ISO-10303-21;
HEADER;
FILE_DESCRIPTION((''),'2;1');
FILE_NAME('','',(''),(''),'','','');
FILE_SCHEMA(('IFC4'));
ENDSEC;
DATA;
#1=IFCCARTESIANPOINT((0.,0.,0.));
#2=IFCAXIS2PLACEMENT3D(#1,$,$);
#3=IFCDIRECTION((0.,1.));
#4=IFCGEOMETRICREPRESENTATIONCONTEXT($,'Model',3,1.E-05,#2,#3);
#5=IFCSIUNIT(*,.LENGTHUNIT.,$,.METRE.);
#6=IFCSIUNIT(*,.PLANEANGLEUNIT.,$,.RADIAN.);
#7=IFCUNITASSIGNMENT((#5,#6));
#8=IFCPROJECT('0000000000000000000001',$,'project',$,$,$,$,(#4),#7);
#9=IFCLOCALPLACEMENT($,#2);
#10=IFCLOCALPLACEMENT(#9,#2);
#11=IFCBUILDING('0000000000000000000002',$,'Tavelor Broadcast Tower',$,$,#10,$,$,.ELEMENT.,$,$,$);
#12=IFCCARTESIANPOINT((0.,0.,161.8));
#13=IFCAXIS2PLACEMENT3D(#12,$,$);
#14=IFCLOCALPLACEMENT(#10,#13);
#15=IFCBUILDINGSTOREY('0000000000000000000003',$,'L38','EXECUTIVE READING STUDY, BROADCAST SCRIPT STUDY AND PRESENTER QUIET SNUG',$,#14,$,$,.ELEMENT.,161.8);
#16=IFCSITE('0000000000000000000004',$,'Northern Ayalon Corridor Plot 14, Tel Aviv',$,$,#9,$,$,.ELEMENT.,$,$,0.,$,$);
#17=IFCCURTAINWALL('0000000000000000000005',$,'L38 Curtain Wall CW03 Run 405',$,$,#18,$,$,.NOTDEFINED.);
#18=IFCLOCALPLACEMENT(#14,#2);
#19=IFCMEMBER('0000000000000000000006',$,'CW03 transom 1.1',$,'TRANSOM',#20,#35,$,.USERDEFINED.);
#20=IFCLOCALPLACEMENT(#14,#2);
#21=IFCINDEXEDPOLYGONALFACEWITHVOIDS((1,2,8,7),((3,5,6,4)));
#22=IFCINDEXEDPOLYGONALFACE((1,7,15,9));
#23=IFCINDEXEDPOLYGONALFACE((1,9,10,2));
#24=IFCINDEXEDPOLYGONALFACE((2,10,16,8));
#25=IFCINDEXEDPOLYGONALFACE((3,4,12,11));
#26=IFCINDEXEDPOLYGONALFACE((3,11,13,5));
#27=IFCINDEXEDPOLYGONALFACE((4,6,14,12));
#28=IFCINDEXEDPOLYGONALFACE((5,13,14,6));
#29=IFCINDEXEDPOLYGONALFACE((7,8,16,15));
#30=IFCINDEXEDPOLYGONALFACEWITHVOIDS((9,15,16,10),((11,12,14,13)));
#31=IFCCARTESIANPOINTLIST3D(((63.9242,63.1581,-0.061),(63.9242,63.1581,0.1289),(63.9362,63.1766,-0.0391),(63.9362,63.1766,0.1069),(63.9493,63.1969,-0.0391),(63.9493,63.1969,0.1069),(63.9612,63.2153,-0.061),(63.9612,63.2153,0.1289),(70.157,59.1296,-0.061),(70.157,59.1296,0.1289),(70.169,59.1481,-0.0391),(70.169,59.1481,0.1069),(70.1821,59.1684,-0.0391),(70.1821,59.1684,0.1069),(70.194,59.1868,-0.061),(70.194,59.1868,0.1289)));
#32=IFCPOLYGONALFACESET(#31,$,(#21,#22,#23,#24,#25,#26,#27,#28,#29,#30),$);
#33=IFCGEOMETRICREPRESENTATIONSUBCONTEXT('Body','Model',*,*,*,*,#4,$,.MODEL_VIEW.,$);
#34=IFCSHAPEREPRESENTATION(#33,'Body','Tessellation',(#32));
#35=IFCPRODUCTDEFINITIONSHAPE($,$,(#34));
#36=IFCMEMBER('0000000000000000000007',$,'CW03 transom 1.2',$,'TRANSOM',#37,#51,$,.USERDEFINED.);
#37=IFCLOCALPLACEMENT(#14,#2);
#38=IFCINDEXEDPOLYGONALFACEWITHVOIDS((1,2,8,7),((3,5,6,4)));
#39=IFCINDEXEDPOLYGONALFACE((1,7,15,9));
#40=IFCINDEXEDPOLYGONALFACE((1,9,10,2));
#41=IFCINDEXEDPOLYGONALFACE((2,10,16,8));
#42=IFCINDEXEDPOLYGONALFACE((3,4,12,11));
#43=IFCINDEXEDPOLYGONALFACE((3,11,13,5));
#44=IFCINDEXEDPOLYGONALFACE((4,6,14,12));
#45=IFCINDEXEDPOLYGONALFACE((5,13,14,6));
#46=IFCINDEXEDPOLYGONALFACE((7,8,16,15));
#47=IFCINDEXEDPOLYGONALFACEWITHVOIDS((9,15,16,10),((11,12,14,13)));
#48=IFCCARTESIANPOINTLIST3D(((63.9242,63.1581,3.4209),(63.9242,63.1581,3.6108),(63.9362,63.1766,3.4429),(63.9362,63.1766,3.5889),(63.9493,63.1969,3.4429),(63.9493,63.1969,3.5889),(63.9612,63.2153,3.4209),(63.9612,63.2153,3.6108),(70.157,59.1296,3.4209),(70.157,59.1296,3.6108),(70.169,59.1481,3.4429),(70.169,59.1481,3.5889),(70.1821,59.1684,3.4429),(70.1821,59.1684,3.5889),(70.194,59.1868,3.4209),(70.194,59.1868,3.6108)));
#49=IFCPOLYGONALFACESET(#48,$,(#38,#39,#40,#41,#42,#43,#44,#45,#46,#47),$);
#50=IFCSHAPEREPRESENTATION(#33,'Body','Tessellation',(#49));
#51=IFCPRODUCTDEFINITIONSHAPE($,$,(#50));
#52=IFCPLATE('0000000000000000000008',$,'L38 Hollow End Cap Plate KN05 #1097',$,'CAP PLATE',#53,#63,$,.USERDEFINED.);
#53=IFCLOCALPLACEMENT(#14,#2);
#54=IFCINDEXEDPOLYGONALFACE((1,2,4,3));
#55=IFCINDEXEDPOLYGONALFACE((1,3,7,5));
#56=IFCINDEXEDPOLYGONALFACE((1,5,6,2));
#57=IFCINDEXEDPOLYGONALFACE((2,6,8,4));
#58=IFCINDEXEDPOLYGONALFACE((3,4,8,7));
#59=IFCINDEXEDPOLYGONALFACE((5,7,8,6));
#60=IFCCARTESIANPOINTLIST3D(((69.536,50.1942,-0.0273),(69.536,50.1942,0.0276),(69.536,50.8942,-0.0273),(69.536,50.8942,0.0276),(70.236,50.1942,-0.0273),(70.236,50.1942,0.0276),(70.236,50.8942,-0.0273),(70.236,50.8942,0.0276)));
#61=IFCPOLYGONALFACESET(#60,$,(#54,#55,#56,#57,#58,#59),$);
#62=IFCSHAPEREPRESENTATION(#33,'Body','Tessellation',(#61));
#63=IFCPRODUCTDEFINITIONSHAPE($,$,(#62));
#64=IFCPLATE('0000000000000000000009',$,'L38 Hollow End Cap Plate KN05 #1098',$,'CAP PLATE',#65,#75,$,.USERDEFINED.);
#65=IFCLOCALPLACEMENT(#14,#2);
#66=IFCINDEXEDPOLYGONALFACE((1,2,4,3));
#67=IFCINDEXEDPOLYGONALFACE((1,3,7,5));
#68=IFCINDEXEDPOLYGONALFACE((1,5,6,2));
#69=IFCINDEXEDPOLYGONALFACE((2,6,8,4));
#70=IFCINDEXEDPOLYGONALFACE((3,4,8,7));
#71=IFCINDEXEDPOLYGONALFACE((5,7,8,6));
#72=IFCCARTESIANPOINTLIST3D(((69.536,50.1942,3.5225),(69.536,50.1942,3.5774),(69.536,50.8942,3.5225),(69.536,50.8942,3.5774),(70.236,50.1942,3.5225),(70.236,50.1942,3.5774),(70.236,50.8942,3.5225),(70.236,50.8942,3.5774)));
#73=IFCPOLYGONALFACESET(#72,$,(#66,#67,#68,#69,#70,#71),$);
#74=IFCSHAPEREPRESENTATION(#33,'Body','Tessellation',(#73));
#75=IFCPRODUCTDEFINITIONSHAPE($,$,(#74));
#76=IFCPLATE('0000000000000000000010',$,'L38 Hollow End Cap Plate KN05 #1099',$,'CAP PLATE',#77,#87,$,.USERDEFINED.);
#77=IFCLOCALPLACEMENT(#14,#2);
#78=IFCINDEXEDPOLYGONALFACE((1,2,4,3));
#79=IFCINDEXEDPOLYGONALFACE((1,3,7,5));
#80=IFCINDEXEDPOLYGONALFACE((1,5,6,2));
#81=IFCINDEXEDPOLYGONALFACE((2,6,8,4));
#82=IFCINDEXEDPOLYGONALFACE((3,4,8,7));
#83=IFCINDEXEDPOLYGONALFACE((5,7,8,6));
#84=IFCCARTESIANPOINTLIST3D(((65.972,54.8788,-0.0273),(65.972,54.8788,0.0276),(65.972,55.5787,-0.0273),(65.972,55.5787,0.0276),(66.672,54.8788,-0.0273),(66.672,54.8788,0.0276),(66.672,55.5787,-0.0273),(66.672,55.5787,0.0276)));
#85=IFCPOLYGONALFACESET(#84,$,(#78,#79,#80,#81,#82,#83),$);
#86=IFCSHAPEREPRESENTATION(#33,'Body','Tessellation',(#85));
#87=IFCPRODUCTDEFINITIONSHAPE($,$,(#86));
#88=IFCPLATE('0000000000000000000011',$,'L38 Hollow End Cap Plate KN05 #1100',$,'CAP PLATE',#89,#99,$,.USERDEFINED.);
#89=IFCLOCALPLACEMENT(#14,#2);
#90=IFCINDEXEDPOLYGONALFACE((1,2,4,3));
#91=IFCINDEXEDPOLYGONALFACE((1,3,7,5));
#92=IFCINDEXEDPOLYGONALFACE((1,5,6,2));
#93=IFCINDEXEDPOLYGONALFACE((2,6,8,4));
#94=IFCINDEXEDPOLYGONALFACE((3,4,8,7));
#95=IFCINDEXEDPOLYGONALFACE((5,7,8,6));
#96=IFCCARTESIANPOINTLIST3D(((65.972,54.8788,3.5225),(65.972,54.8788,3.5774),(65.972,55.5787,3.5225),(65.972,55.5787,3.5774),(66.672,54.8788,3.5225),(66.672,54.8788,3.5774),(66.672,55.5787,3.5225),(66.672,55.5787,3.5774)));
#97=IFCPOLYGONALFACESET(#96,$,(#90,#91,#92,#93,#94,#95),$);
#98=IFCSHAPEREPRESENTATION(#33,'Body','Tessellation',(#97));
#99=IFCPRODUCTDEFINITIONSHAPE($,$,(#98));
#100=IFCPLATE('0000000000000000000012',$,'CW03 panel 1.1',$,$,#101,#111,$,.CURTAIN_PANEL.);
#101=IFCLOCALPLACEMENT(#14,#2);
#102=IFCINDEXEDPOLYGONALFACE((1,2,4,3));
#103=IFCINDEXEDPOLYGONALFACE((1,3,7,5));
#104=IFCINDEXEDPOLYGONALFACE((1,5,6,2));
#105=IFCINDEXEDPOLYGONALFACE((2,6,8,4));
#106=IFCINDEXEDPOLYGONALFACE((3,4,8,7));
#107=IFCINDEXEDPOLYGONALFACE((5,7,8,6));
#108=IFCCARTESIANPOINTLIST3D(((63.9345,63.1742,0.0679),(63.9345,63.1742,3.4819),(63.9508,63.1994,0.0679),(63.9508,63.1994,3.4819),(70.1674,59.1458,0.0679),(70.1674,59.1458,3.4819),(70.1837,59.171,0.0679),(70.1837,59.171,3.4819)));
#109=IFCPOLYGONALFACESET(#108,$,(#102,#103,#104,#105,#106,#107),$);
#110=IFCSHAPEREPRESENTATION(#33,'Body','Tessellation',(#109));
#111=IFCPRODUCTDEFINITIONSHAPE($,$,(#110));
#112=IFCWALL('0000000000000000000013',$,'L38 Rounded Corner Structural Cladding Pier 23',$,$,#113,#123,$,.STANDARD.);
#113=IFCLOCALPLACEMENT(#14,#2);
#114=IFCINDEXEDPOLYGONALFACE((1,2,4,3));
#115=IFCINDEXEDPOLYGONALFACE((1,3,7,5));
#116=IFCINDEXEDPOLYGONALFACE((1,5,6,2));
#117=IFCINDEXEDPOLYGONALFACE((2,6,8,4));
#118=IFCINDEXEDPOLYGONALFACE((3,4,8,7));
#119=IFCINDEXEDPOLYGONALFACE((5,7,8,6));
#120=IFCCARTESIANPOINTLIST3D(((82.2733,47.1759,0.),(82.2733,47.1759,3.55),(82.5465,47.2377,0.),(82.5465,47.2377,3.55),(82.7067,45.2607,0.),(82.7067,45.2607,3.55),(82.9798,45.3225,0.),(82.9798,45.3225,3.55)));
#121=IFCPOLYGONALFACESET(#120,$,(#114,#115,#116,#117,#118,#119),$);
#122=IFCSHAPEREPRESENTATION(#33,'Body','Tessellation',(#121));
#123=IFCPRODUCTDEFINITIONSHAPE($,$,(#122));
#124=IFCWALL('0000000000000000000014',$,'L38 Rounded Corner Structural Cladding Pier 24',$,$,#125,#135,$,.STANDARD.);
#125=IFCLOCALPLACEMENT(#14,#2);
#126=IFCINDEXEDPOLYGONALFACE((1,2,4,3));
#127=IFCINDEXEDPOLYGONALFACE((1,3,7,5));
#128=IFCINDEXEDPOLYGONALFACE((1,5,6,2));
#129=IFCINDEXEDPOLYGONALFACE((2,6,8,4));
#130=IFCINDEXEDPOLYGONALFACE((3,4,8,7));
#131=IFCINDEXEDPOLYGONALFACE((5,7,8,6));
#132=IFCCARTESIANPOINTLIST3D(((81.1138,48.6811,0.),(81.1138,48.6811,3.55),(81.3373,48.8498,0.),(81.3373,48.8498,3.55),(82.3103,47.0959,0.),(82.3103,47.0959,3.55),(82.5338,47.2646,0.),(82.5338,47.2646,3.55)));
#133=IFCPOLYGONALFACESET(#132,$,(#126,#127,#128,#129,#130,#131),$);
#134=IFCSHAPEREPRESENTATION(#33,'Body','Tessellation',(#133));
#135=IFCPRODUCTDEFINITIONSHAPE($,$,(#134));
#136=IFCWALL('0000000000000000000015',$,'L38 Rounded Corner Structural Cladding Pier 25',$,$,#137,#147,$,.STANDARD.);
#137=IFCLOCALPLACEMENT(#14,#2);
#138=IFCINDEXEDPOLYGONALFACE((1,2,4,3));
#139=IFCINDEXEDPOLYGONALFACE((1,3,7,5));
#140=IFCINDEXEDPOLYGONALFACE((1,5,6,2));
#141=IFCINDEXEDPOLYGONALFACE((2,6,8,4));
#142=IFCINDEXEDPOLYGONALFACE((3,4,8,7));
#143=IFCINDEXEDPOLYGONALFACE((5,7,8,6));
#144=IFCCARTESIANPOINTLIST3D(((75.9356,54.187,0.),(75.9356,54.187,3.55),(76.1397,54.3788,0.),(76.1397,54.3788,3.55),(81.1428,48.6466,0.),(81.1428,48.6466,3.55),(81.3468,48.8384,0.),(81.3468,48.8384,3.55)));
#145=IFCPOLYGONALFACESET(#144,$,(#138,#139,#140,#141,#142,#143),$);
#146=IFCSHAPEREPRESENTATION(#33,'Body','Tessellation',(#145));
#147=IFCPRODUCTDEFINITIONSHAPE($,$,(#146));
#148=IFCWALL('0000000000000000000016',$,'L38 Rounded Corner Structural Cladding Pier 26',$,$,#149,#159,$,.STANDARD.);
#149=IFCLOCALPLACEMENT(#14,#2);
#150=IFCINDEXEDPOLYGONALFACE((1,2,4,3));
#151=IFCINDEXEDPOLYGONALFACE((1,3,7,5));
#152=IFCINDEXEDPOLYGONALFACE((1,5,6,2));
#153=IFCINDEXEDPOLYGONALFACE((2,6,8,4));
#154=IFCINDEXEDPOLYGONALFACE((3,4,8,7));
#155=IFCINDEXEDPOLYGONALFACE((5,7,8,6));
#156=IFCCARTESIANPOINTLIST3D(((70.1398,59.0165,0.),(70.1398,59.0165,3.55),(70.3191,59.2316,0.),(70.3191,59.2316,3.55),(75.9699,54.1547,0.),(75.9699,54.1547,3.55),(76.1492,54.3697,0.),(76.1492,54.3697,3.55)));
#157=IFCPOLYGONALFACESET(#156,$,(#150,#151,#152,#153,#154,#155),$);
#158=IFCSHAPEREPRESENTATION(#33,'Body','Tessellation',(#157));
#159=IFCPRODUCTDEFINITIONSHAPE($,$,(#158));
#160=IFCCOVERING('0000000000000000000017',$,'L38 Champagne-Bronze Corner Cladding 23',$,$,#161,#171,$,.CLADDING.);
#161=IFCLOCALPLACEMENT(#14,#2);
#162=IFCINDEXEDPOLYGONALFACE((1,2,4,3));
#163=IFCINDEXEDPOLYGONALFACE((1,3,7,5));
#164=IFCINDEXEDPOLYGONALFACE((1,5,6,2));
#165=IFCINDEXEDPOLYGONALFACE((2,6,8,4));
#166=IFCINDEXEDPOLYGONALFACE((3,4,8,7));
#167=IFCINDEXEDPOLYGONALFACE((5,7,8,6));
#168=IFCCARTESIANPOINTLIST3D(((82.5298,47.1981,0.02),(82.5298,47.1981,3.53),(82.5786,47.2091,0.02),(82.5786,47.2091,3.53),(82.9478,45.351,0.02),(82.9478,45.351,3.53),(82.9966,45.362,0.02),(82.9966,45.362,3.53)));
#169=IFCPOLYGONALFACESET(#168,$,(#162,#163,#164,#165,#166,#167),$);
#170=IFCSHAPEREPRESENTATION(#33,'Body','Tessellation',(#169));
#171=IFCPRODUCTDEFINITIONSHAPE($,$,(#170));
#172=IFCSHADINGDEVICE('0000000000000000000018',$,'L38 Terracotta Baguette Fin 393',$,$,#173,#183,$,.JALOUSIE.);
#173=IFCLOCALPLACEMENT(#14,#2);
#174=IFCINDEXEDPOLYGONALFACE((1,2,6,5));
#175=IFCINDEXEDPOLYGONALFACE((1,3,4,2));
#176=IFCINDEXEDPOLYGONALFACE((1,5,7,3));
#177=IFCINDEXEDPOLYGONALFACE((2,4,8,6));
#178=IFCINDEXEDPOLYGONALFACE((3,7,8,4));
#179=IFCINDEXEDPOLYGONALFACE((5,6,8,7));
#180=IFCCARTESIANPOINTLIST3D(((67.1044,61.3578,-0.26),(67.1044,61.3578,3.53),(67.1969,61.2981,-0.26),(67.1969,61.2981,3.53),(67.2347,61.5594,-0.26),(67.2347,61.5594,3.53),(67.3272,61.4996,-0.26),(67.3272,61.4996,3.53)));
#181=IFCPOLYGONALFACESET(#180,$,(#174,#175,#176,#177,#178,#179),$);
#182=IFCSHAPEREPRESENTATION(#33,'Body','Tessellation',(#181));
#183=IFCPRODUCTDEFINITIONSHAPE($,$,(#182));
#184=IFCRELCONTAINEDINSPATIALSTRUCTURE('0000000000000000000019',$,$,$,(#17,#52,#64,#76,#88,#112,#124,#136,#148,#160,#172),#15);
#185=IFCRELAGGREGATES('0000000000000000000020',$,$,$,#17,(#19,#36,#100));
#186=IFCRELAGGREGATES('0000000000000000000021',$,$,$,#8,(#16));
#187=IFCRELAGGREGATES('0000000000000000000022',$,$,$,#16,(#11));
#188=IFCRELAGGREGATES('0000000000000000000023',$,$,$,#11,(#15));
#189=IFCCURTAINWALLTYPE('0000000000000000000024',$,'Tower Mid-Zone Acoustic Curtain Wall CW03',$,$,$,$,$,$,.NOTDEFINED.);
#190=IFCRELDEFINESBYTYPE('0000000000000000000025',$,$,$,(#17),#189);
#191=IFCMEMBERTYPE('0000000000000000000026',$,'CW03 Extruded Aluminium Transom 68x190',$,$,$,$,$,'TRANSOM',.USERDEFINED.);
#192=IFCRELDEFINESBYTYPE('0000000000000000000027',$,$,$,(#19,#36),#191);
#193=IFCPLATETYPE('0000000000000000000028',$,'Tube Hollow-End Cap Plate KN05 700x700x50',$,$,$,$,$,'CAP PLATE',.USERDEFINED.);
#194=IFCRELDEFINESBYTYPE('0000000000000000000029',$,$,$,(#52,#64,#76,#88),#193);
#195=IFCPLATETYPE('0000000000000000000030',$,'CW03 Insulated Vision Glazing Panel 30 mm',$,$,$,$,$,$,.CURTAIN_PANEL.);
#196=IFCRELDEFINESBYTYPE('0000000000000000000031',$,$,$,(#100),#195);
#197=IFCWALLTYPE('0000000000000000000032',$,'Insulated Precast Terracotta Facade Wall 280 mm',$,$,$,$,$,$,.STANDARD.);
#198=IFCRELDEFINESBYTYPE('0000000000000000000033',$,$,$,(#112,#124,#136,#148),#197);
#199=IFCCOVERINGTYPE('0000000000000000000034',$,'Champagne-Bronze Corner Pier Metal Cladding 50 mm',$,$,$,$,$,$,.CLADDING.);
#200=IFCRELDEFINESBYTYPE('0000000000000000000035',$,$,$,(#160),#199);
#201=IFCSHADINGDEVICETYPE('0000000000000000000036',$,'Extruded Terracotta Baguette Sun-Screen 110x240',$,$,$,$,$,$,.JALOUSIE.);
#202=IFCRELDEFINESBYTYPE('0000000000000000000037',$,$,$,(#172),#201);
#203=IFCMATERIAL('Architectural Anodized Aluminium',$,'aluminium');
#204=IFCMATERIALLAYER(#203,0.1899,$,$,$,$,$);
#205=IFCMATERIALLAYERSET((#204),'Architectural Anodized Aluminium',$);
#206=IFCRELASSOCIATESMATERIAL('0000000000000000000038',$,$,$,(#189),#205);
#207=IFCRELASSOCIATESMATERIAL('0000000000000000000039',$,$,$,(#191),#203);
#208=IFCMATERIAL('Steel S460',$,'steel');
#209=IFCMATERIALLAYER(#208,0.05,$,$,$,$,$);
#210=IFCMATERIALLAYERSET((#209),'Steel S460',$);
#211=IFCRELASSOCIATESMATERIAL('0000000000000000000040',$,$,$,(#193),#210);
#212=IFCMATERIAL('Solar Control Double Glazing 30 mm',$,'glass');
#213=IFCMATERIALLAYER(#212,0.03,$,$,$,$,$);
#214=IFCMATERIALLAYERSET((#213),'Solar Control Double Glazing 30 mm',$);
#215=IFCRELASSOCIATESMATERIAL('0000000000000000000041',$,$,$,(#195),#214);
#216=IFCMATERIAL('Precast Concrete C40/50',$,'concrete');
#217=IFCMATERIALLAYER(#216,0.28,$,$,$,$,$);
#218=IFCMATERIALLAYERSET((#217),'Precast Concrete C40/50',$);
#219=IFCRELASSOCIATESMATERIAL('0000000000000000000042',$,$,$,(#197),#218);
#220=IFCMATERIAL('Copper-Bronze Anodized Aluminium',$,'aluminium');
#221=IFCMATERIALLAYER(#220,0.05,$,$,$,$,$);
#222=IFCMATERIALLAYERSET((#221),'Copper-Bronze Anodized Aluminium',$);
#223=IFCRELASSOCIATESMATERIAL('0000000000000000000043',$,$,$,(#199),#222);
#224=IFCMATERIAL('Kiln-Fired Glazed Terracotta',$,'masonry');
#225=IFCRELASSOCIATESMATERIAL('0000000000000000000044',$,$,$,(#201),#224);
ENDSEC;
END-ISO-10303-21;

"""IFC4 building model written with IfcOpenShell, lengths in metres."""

from ifc_helpers import new_model, si_unit, direction, frame, frame_2d, origin, origin_2d, place, context, subcontext, project, spatial, rectangle, hollow_rectangle, extrude, source, transform, mapped, material, layer, layer_set, material_profile, profile_set, type_object, type_shapes, element, aggregate, save


model = new_model("IFC4")

# Units and contexts
model_context = context("Model", 3, precision=1e-05, world=origin(), true_north=direction((0.0, 1.0)))
body_context = subcontext(model_context, "Body", "Model", "MODEL_VIEW")
ifc_project = project(units=[si_unit("LENGTHUNIT", "METRE"), si_unit("PLANEANGLEUNIT", "RADIAN")], contexts=[model_context])

# Site, building, storey
site_placement = place(None, origin())
site = spatial("IfcSite", under=ifc_project, at=site_placement, Name="Northern Ayalon Corridor Plot 14, Tel Aviv", CompositionType="ELEMENT", RefElevation=0.0)
building_placement = place(site_placement, origin())
building = spatial("IfcBuilding", under=site, at=building_placement, Name="Tavelor Broadcast Tower", CompositionType="ELEMENT")
storey_placement = place(building_placement, frame((0.0, 0.0, 161.8)))
storey = spatial("IfcBuildingStorey", under=building, at=storey_placement, Name="L38", Description="EXECUTIVE READING STUDY, BROADCAST SCRIPT STUDY AND PRESENTER QUIET SNUG", CompositionType="ELEMENT", Elevation=161.8)

# Shared definitions
ifc_material_1 = material(Name="Steel S460", Category="steel")

# Curtain wall
ifc_material_2 = material(Name="Architectural Anodized Aluminium", Category="aluminium")
ifc_layer_1 = layer(ifc_material_2, 0.1899)
ifc_layer_set_1 = layer_set([ifc_layer_1], Name="Architectural Anodized Aluminium")
curtain_wall_type = type_object("IfcCurtainWallType", Name="Tower Mid-Zone Acoustic Curtain Wall CW03", PredefinedType="NOTDEFINED", material=ifc_layer_set_1)
curtain_wall_1_placement = place(storey_placement, origin())
curtain_wall_1 = element("IfcCurtainWall", 1, at=curtain_wall_1_placement, inside=storey, type_object=curtain_wall_type, Name="L38 Curtain Wall CW03 Run 405", PredefinedType="NOTDEFINED")

# Members
ifc_material_profile_1 = material_profile(ifc_material_2, hollow_rectangle(XDim=0.0681, YDim=0.1899, WallThickness=0.022, at=origin_2d()), Name="RHS 68x190x22")
ifc_profile_set_1 = profile_set([ifc_material_profile_1], Name="Architectural Anodized Aluminium")
member_type_1 = type_object("IfcMemberType", Name="CW03 Extruded Aluminium Transom 68x190", ElementType="TRANSOM", PredefinedType="USERDEFINED", material=ifc_profile_set_1)
shared_shape_1 = source(origin(), body_context, "Body", "SweptSolid", [
    extrude(hollow_rectangle(XDim=0.0681, YDim=0.1899, WallThickness=0.022, at=origin_2d()), origin(), (0.0, 0.0, 1.0), 7.4214),
])
type_shapes(member_type_1, [shared_shape_1])
member_1_placement = place(storey_placement, frame((70.1755, 59.1582, 0.0339), z_axis=(-0.839846, 0.542824, 0.0), x_axis=(-0.542824, -0.839846, 0.0)))
member_1 = element("IfcMember", 2, at=member_1_placement, type_object=member_type_1, Name="CW03 transom 1.1", ObjectType="TRANSOM", PredefinedType="USERDEFINED", context=body_context, shape_type="MappedRepresentation", body=[
    mapped(shared_shape_1, transform((0.0, 0.0, 0.0), scale=1.0)),
])
member_2_placement = place(storey_placement, frame((70.1755, 59.1582, 3.5159), z_axis=(-0.839846, 0.542824, 0.0), x_axis=(-0.542824, -0.839846, 0.0)))
member_2 = element("IfcMember", 3, at=member_2_placement, type_object=member_type_1, Name="CW03 transom 1.2", ObjectType="TRANSOM", PredefinedType="USERDEFINED", context=body_context, shape_type="MappedRepresentation", body=[
    mapped(shared_shape_1, transform((0.0, 0.0, 0.0), scale=1.0)),
])

# Plates
ifc_layer_2 = layer(ifc_material_1, 0.05)
ifc_layer_set_2 = layer_set([ifc_layer_2], Name="Steel S460")
plate_type_1 = type_object("IfcPlateType", Name="Tube Hollow-End Cap Plate KN05 700x700x50", ElementType="CAP PLATE", PredefinedType="USERDEFINED", material=ifc_layer_set_2)
shared_shape_2 = source(origin(), body_context, "Body", "SweptSolid", [
    extrude(rectangle(XDim=0.7, YDim=0.7, at=origin_2d()), origin(), (0.0, 0.0, 1.0), 0.0549),
])
type_shapes(plate_type_1, [shared_shape_2])
for number, where, z_axis, x_axis, name in (
    (4, (69.886, 50.5442, -0.0273), (0.0, 0.0, 1.0), (1.0, 0.0, 0.0), "L38 Hollow End Cap Plate KN05 #1097"),
    (5, (69.886, 50.5442, 3.5225), (0.0, 0.0, 1.0), (1.0, 0.0, 0.0), "L38 Hollow End Cap Plate KN05 #1098"),
    (6, (66.322, 55.2288, -0.0273), (0.0, 0.0, 1.0), (1.0, 0.0, 0.0), "L38 Hollow End Cap Plate KN05 #1099"),
    (7, (66.322, 55.2288, 3.5225), (0.0, 0.0, 1.0), (1.0, 0.0, 0.0), "L38 Hollow End Cap Plate KN05 #1100"),
):
    element("IfcPlate", number, at=place(storey_placement, frame(where, z_axis=z_axis, x_axis=x_axis)), inside=storey, type_object=plate_type_1, Name=name, ObjectType="CAP PLATE", PredefinedType="USERDEFINED", context=body_context, shape_type="MappedRepresentation", body=[
        mapped(shared_shape_2, transform((0.0, 0.0, 0.0), scale=1.0)),
    ])

# Plate
ifc_material_3 = material(Name="Solar Control Double Glazing 30 mm", Category="glass")
ifc_layer_3 = layer(ifc_material_3, 0.03)
ifc_layer_set_3 = layer_set([ifc_layer_3], Name="Solar Control Double Glazing 30 mm")
plate_type_2 = type_object("IfcPlateType", Name="CW03 Insulated Vision Glazing Panel 30 mm", PredefinedType="CURTAIN_PANEL", material=ifc_layer_set_3)
shared_shape_3 = source(origin(), body_context, "Body", "SweptSolid", [
    extrude(rectangle(XDim=7.4214, YDim=0.03, at=origin_2d()), origin(), (0.0, 0.0, 1.0), 3.4141),
])
type_shapes(plate_type_2, [shared_shape_3])
plate_placement = place(storey_placement, frame((67.0591, 61.1726, 0.0679), z_axis=(0.0, 0.0, 1.0), x_axis=(-0.83985, 0.542818, 0.0)))
plate = element("IfcPlate", 8, at=plate_placement, type_object=plate_type_2, Name="CW03 panel 1.1", PredefinedType="CURTAIN_PANEL", context=body_context, shape_type="MappedRepresentation", body=[
    mapped(shared_shape_3, transform((0.0, 0.0, 0.0), scale=1.0)),
])
aggregate(curtain_wall_1, [member_1, member_2, plate])

# Walls
ifc_material_4 = material(Name="Precast Concrete C40/50", Category="concrete")
ifc_layer_4 = layer(ifc_material_4, 0.28)
ifc_layer_set_4 = layer_set([ifc_layer_4], Name="Precast Concrete C40/50")
wall_type = type_object("IfcWallType", Name="Insulated Precast Terracotta Facade Wall 280 mm", PredefinedType="STANDARD", material=ifc_layer_set_4)
wall_1_placement = place(storey_placement, frame((82.8433, 45.2915, 0.0), z_axis=(0.0, 0.0, 1.0), x_axis=(-0.220681, 0.975346, 0.0)))
element("IfcWall", 9, at=wall_1_placement, inside=storey, type_object=wall_type, Name="L38 Rounded Corner Structural Cladding Pier 23", PredefinedType="STANDARD", context=body_context, shape_type="SweptSolid", body=[
    extrude(rectangle(XDim=1.9636, YDim=0.28, at=frame_2d((0.9819, 0.0))), origin(), (0.0, 0.0, 1.0), 3.55),
])
wall_2_placement = place(storey_placement, frame((82.4221, 47.1802, 0.0), z_axis=(0.0, 0.0, 1.0), x_axis=(-0.602456, 0.798152, 0.0)))
element("IfcWall", 10, at=wall_2_placement, inside=storey, type_object=wall_type, Name="L38 Rounded Corner Structural Cladding Pier 24", PredefinedType="STANDARD", context=body_context, shape_type="SweptSolid", body=[
    extrude(rectangle(XDim=1.9861, YDim=0.28, at=frame_2d((0.9932, 0.0))), origin(), (0.0, 0.0, 1.0), 3.55),
])
wall_3_placement = place(storey_placement, frame((81.2449, 48.7424, 0.0), z_axis=(0.0, 0.0, 1.0), x_axis=(-0.684852, 0.728682, 0.0)))
element("IfcWall", 11, at=wall_3_placement, inside=storey, type_object=wall_type, Name="L38 Rounded Corner Structural Cladding Pier 25", PredefinedType="STANDARD", context=body_context, shape_type="SweptSolid", body=[
    extrude(rectangle(XDim=7.6033, YDim=0.28, at=frame_2d((3.8018, 0.0))), origin(), (0.0, 0.0, 1.0), 3.55),
])
wall_4_placement = place(storey_placement, frame((76.0596, 54.2622, 0.0), z_axis=(0.0, 0.0, 1.0), x_axis=(-0.768, 0.64045, 0.0)))
element("IfcWall", 12, at=wall_4_placement, inside=storey, type_object=wall_type, Name="L38 Rounded Corner Structural Cladding Pier 26", PredefinedType="STANDARD", context=body_context, shape_type="SweptSolid", body=[
    extrude(rectangle(XDim=7.5913, YDim=0.28, at=frame_2d((3.7957, 0.0))), origin(), (0.0, 0.0, 1.0), 3.55),
])

# Covering
ifc_material_5 = material(Name="Copper-Bronze Anodized Aluminium", Category="aluminium")
ifc_layer_5 = layer(ifc_material_5, 0.05)
ifc_layer_set_5 = layer_set([ifc_layer_5], Name="Copper-Bronze Anodized Aluminium")
covering_type = type_object("IfcCoveringType", Name="Champagne-Bronze Corner Pier Metal Cladding 50 mm", PredefinedType="CLADDING", material=ifc_layer_set_5)
covering_placement = place(storey_placement, frame((82.7632, 46.28, 0.02), z_axis=(0.0, 0.0, 1.0), x_axis=(-0.220697, 0.975342, 0.0)))
element("IfcCovering", 13, at=covering_placement, inside=storey, type_object=covering_type, Name="L38 Champagne-Bronze Corner Cladding 23", PredefinedType="CLADDING", context=body_context, shape_type="SweptSolid", body=[
    extrude(rectangle(XDim=1.8938, YDim=0.05, at=origin_2d()), origin(), (0.0, 0.0, 1.0), 3.51),
])

# Shading device
ifc_material_6 = material(Name="Kiln-Fired Glazed Terracotta", Category="masonry")
shading_device_type = type_object("IfcShadingDeviceType", Name="Extruded Terracotta Baguette Sun-Screen 110x240", PredefinedType="JALOUSIE", material=ifc_material_6)
shared_shape_4 = source(origin(), body_context, "Body", "SweptSolid", [
    extrude(rectangle(XDim=0.1101, YDim=0.24, at=origin_2d()), origin(), (0.0, 0.0, 1.0), 3.79),
])
type_shapes(shading_device_type, [shared_shape_4])
shading_device_placement = place(storey_placement, frame((67.2158, 61.4287, -0.26), z_axis=(0.0, 0.0, 1.0), x_axis=(-0.839809, 0.542881, 0.0)))
element("IfcShadingDevice", 14, at=shading_device_placement, inside=storey, type_object=shading_device_type, Name="L38 Terracotta Baguette Fin 393", PredefinedType="JALOUSIE", context=body_context, shape_type="MappedRepresentation", body=[
    mapped(shared_shape_4, transform((0.0, 0.0, 0.0), scale=1.0)),
])

save(model, "model.ifc")
